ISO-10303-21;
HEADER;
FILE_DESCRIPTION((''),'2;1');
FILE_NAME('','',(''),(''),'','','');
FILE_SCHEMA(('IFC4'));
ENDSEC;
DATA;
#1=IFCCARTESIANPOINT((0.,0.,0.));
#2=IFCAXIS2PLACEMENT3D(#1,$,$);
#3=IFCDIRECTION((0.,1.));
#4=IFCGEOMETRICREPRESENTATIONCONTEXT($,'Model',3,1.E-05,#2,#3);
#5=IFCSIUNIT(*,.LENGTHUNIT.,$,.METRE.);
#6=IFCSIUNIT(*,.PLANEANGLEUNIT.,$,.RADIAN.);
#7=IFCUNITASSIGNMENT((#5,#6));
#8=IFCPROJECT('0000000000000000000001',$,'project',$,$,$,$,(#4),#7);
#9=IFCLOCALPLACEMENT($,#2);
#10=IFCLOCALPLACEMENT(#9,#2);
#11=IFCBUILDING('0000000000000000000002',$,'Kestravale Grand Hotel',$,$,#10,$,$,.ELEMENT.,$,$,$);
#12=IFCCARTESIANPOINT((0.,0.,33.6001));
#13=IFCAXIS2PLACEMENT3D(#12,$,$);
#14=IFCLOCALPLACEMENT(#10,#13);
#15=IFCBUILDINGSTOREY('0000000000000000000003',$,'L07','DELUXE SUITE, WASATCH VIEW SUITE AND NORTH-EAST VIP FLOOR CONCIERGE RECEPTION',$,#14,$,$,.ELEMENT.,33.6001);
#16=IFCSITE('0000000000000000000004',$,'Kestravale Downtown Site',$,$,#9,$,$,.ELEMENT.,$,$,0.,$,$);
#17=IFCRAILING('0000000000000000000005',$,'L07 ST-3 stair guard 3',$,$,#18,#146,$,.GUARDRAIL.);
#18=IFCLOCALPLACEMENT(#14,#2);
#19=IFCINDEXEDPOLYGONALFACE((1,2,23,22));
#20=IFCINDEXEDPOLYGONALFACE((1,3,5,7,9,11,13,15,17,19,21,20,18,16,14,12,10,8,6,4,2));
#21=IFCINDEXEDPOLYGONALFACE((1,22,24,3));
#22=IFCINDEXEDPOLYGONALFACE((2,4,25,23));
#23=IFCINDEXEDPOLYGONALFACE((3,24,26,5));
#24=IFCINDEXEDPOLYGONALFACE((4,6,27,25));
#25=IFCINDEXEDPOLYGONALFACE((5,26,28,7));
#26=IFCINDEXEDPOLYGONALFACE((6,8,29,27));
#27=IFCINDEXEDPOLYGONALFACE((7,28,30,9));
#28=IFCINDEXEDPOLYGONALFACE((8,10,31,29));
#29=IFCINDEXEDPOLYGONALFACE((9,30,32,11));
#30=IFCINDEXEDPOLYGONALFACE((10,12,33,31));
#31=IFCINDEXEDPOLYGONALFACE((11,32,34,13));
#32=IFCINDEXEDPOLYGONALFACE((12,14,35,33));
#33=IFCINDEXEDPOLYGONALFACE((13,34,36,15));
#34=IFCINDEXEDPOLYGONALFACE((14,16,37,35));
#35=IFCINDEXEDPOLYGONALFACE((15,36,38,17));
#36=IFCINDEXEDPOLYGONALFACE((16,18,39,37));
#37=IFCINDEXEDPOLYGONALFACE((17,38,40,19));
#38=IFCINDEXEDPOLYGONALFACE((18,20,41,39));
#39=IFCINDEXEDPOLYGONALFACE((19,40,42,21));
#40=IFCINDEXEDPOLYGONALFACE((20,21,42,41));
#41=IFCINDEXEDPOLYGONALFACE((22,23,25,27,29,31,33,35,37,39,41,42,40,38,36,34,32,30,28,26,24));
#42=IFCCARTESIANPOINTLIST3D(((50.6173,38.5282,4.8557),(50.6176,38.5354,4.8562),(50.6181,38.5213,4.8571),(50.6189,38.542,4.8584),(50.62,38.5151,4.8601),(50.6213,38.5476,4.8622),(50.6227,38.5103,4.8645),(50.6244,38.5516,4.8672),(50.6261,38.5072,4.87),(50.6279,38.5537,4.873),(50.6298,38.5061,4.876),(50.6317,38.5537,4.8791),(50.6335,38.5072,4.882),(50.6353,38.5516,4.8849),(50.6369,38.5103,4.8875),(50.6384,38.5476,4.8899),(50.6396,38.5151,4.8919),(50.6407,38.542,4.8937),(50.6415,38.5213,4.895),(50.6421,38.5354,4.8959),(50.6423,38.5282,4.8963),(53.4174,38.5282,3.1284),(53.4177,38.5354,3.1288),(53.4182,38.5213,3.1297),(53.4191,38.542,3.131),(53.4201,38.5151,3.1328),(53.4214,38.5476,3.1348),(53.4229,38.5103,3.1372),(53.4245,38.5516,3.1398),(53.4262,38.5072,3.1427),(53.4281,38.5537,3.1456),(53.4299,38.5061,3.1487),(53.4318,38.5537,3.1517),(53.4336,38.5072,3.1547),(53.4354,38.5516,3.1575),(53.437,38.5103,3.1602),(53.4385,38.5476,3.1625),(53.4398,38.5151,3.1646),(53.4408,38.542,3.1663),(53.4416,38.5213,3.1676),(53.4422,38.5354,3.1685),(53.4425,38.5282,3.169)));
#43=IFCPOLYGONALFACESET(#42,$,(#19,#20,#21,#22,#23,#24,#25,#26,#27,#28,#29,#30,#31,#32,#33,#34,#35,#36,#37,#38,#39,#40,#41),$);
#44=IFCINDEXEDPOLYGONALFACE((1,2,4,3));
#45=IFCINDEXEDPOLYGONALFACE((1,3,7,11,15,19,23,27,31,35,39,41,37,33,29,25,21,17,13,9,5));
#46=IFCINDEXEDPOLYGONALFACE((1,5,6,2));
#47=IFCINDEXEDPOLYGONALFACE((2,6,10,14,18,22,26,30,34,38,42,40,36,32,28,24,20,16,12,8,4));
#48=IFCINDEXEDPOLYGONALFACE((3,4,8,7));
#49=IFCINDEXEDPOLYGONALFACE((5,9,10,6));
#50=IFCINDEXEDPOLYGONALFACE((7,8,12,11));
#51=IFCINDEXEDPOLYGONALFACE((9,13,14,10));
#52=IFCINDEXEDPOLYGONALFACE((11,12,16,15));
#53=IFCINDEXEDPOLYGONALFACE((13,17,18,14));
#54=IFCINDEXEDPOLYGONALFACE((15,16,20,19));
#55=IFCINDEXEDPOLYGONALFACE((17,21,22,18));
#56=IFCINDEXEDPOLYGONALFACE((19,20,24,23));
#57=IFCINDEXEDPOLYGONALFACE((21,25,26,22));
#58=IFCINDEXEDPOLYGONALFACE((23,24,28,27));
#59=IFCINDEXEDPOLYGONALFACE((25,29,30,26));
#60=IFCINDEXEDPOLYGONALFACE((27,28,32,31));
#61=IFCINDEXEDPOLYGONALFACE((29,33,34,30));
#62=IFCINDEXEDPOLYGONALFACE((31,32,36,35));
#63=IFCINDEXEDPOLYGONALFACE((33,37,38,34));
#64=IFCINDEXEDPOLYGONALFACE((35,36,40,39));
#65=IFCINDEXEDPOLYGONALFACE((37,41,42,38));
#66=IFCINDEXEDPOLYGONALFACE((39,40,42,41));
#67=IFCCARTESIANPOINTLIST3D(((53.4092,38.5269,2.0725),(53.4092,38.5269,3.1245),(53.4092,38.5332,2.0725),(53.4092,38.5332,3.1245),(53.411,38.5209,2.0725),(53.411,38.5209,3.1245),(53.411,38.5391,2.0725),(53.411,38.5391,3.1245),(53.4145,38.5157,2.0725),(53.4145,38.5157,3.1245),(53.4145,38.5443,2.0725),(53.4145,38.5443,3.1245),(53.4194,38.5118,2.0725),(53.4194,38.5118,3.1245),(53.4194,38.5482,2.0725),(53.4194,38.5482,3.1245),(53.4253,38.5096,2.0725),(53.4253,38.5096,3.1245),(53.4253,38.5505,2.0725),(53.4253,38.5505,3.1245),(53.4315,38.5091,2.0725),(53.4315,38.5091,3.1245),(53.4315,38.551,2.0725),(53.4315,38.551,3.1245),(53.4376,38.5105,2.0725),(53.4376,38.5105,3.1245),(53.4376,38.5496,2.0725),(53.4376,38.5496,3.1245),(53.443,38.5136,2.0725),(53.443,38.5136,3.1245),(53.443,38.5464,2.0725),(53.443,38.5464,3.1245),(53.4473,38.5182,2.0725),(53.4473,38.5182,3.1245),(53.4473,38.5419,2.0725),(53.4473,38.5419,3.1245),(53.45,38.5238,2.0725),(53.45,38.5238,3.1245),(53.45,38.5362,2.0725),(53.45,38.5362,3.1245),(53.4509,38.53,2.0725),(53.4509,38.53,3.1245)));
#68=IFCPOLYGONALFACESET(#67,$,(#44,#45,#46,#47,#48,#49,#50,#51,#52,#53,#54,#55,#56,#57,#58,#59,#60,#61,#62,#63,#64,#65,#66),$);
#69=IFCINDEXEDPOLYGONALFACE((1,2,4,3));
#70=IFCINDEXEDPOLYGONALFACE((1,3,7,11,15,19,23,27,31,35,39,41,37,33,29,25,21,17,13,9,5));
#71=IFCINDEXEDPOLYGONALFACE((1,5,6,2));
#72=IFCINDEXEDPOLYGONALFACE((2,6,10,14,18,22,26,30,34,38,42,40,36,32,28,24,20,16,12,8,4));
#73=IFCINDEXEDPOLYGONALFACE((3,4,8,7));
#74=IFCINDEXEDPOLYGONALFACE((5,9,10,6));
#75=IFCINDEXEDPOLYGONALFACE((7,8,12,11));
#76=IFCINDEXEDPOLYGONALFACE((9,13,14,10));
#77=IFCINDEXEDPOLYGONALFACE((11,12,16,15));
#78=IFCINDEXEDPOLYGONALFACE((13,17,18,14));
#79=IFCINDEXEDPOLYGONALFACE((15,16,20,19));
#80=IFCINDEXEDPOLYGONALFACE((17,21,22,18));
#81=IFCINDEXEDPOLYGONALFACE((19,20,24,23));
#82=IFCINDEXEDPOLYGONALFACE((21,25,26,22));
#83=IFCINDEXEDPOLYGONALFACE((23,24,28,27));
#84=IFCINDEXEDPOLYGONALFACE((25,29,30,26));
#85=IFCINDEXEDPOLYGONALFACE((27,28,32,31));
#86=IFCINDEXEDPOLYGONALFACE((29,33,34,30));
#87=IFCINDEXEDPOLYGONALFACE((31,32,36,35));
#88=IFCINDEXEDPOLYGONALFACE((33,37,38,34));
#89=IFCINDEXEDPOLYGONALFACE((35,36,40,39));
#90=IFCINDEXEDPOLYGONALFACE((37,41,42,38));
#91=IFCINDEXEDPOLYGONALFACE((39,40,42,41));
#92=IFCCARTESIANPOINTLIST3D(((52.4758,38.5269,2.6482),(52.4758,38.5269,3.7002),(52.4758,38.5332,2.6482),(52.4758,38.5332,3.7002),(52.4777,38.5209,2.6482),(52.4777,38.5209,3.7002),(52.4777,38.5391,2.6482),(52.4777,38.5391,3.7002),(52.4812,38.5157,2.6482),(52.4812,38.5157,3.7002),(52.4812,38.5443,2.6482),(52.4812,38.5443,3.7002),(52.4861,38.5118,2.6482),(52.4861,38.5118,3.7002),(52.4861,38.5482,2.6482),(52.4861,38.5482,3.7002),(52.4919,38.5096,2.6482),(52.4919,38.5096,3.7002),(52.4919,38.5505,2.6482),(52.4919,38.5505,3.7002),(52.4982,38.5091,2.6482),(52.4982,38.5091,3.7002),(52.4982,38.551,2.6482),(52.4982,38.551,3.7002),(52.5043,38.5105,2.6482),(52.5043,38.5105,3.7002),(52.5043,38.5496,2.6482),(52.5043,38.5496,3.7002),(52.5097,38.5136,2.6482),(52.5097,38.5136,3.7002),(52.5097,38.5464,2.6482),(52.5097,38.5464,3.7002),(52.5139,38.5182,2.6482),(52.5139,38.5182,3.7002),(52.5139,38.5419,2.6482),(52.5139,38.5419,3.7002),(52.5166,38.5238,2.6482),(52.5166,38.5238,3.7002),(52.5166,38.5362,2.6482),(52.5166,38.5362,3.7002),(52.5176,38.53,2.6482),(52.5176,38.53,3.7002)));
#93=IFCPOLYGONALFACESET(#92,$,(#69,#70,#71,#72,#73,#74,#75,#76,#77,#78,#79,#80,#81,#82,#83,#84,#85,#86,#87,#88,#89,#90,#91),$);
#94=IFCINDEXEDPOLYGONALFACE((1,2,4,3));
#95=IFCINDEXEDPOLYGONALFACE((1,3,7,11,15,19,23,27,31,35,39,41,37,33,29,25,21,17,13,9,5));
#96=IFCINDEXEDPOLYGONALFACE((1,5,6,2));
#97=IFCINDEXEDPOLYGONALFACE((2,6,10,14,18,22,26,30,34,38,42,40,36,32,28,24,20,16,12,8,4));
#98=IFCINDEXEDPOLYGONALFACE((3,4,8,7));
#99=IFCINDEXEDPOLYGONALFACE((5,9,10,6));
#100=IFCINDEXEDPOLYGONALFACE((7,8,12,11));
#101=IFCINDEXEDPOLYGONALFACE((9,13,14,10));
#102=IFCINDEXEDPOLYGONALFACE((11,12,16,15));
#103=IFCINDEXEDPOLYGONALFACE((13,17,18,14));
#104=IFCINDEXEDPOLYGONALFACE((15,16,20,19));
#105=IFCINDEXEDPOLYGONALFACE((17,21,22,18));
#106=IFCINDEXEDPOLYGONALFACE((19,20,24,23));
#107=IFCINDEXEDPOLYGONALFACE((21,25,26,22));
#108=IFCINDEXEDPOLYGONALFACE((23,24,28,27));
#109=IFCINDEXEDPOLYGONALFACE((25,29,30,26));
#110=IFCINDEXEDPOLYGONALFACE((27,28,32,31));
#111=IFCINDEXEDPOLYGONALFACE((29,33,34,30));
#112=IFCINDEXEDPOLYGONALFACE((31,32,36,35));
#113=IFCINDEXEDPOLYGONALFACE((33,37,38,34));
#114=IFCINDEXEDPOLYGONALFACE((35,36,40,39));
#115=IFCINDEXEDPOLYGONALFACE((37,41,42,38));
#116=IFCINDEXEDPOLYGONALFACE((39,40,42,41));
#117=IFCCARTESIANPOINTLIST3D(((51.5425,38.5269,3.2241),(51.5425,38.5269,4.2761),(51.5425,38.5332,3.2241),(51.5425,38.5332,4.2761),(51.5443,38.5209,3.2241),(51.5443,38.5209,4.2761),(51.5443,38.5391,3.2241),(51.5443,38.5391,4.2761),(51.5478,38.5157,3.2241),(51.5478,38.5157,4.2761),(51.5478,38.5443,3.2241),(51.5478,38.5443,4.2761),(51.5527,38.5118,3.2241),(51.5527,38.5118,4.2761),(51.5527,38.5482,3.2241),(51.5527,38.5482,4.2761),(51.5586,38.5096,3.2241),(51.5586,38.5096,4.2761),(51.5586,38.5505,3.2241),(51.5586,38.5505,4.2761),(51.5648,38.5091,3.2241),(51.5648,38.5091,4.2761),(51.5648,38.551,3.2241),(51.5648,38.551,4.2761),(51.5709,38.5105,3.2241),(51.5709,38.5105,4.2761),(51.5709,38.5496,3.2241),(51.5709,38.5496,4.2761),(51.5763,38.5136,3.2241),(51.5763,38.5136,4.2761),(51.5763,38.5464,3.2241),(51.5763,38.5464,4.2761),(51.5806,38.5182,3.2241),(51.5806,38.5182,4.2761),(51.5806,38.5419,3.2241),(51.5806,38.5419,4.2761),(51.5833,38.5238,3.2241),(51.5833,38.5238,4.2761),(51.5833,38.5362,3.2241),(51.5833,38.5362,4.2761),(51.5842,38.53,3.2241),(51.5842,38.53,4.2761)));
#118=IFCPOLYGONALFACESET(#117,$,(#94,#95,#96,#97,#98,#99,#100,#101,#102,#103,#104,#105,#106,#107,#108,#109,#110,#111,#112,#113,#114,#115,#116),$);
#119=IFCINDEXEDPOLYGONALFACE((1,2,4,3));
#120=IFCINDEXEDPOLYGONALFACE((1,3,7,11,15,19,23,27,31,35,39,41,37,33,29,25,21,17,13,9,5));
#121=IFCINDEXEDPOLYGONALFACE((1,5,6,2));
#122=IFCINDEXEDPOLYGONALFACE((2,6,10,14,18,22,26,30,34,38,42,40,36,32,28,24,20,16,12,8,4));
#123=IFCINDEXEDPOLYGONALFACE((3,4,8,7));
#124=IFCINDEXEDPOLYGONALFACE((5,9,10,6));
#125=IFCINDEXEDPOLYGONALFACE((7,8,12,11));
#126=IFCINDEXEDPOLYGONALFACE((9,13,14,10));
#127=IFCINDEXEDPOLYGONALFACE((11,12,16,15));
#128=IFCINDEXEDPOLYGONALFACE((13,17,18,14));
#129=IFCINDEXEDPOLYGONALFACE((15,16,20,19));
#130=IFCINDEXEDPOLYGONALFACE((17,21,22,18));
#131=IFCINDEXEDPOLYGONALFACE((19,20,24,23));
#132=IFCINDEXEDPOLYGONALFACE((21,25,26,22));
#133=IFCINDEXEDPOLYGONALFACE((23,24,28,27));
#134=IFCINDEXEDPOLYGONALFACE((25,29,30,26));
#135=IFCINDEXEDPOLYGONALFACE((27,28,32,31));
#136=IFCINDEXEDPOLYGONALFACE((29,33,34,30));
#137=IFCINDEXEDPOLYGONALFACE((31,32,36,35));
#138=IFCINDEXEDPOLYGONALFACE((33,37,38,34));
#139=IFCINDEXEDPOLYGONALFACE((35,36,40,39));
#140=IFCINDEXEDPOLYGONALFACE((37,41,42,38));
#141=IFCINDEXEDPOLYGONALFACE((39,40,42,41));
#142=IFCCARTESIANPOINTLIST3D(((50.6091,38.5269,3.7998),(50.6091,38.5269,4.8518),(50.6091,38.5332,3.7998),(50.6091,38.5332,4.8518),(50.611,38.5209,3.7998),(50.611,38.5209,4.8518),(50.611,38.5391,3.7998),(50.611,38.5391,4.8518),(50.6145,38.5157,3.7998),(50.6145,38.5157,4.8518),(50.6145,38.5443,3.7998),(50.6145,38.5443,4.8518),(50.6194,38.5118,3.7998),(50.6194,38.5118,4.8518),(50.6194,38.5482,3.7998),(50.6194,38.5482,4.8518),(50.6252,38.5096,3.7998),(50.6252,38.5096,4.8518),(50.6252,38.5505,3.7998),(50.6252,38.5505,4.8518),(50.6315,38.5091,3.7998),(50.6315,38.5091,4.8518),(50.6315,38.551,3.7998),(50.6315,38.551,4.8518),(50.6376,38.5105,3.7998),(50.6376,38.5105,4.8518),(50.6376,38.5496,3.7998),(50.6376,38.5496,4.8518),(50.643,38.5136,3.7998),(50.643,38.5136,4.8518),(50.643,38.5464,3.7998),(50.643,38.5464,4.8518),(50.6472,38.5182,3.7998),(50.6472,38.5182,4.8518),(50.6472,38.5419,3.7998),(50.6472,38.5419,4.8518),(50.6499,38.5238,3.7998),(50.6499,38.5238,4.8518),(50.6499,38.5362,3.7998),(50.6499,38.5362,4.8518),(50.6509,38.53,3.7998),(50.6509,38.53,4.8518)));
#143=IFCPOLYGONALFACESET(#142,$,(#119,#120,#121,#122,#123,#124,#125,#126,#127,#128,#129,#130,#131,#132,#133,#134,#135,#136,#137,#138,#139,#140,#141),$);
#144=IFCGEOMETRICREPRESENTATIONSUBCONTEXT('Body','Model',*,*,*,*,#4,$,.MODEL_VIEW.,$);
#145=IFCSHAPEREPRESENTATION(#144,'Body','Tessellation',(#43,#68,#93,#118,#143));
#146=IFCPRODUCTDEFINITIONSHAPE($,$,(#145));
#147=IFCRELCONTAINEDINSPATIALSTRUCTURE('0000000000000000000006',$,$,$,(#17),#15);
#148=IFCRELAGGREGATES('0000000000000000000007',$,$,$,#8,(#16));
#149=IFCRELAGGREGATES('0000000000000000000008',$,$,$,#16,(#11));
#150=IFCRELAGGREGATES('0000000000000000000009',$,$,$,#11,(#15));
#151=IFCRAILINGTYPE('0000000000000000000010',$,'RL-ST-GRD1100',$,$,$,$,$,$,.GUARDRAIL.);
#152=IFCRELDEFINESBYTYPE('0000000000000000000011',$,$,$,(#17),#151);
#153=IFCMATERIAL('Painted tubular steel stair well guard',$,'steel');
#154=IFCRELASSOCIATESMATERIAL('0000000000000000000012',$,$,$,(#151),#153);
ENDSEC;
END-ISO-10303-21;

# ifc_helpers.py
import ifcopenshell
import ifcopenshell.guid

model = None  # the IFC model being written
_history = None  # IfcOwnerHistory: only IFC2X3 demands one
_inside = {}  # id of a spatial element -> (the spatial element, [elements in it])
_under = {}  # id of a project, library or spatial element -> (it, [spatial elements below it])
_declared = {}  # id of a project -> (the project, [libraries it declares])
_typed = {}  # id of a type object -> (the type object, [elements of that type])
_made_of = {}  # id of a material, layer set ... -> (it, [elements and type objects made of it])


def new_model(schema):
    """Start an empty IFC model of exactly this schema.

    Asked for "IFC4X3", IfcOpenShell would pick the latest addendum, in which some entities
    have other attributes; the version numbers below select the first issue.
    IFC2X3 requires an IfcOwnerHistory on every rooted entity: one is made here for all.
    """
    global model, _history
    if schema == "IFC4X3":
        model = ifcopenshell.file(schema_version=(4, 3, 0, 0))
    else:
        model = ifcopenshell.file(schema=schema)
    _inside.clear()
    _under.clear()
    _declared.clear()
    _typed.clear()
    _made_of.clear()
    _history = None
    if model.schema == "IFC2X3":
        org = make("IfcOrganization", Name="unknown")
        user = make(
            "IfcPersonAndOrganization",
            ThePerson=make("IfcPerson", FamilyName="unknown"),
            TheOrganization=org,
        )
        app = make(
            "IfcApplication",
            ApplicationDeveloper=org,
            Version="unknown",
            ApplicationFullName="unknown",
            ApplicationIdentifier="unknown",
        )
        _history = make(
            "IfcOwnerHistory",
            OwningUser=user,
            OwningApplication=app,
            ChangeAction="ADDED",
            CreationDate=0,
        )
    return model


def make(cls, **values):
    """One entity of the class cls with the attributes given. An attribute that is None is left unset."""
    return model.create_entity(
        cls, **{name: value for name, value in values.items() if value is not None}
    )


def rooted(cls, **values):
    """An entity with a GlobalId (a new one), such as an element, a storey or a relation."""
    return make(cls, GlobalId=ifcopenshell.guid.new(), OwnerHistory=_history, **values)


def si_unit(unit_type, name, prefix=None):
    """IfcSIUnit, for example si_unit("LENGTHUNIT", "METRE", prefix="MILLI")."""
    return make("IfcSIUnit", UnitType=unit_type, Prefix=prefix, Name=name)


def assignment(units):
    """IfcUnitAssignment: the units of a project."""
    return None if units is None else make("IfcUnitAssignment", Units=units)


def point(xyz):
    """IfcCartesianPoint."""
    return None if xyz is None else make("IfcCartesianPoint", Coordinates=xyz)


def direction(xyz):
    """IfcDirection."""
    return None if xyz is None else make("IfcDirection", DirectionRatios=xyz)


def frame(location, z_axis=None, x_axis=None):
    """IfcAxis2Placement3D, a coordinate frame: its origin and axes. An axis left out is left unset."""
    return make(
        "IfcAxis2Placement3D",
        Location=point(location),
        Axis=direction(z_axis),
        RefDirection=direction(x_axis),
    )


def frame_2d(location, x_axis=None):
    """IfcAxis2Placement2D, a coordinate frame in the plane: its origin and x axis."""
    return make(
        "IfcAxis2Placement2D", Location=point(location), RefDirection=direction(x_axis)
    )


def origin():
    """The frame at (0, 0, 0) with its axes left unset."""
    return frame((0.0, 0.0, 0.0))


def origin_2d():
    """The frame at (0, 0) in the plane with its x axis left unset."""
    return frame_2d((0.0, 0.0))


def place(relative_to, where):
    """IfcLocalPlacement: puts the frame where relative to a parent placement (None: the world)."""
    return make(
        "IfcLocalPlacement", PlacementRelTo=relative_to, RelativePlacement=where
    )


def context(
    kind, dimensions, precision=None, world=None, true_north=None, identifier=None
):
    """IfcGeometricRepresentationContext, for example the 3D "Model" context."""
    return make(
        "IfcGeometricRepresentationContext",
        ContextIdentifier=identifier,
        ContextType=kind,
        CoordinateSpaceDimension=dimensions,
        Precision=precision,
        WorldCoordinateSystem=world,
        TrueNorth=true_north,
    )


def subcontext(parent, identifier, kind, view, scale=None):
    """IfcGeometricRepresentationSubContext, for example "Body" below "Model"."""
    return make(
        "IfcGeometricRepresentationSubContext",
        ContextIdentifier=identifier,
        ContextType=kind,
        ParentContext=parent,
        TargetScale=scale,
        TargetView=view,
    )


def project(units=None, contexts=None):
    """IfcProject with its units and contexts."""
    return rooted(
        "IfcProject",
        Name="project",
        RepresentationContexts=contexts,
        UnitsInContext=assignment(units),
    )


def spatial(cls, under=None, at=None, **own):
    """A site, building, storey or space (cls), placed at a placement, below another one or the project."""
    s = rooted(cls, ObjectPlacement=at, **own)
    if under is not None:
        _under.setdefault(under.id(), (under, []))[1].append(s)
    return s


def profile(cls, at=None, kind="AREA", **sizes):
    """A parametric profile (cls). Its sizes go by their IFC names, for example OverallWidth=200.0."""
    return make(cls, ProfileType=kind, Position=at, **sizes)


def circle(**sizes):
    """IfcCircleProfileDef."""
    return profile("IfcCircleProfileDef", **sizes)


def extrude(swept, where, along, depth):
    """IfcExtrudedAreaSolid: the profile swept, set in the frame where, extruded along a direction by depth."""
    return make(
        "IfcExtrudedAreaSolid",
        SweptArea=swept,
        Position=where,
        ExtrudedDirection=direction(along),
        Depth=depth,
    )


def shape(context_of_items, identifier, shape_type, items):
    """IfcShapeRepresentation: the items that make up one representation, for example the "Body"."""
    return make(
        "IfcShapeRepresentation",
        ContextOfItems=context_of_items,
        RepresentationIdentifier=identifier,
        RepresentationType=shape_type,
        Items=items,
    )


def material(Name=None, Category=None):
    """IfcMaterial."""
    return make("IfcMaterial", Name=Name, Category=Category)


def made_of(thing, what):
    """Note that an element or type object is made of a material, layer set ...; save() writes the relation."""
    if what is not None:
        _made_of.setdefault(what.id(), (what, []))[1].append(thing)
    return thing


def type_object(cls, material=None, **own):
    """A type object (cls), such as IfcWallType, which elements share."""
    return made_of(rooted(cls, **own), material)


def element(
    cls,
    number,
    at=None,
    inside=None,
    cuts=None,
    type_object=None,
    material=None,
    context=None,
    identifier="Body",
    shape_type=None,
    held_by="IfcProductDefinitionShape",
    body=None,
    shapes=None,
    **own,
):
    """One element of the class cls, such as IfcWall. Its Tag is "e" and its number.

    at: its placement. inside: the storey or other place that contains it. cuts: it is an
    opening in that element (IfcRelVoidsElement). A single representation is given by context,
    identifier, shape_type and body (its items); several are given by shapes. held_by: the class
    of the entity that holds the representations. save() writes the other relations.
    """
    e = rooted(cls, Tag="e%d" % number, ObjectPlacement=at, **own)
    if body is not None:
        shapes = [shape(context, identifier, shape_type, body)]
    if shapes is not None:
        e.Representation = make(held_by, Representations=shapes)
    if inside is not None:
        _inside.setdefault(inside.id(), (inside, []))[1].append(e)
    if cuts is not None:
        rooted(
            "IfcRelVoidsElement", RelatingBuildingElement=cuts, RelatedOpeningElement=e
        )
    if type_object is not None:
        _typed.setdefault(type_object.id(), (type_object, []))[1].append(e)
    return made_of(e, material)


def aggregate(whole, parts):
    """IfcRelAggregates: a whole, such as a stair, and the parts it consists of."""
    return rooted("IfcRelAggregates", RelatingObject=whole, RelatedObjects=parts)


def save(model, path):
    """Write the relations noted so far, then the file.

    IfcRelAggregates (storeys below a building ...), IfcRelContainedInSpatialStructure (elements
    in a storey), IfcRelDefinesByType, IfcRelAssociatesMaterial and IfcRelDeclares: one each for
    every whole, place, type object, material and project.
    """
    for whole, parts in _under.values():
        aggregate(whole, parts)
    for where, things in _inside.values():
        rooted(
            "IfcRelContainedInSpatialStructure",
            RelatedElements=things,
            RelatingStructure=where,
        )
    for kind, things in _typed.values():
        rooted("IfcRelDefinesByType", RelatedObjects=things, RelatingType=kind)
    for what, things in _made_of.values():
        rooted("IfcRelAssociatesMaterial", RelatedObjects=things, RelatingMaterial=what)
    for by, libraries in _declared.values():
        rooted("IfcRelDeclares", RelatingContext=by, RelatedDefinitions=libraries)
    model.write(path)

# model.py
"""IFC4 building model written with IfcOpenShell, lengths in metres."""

from ifc_helpers import new_model, si_unit, direction, frame, origin, origin_2d, place, context, subcontext, project, spatial, circle, extrude, material, type_object, element, save


model = new_model("IFC4")

# Units and contexts
model_context = context("Model", 3, precision=1e-05, world=origin(), true_north=direction((0.0, 1.0)))
body_context = subcontext(model_context, "Body", "Model", "MODEL_VIEW")
ifc_project = project(units=[si_unit("LENGTHUNIT", "METRE"), si_unit("PLANEANGLEUNIT", "RADIAN")], contexts=[model_context])

# Site, building, storey
site_placement = place(None, origin())
site = spatial("IfcSite", under=ifc_project, at=site_placement, Name="Kestravale Downtown Site", CompositionType="ELEMENT", RefElevation=0.0)
building_placement = place(site_placement, origin())
building = spatial("IfcBuilding", under=site, at=building_placement, Name="Kestravale Grand Hotel", CompositionType="ELEMENT")
storey_placement = place(building_placement, frame((0.0, 0.0, 33.6001)))
storey = spatial("IfcBuildingStorey", under=building, at=storey_placement, Name="L07", Description="DELUXE SUITE, WASATCH VIEW SUITE AND NORTH-EAST VIP FLOOR CONCIERGE RECEPTION", CompositionType="ELEMENT", Elevation=33.6001)

# Railing
ifc_material_1 = material(Name="Painted tubular steel stair well guard", Category="steel")
railing_type_1 = type_object("IfcRailingType", Name="RL-ST-GRD1100", PredefinedType="GUARDRAIL", material=ifc_material_1)
railing_1_placement = place(storey_placement, frame((53.4299, 38.53, 2.0725)))
element("IfcRailing", 1, at=railing_1_placement, inside=storey, type_object=railing_type_1, Name="L07 ST-3 stair guard 3", PredefinedType="GUARDRAIL", context=body_context, shape_type="SweptSolid", body=[
    extrude(circle(Radius=0.0239, at=origin_2d()), frame((0.0, 0.0, 1.0762), z_axis=(-0.85109, 0.0, 0.52502), x_axis=(0.0, -1.0, 0.0)), (0.0, 0.0, 1.0), 3.29),
    extrude(circle(Radius=0.021, at=origin_2d()), origin(), (0.0, 0.0, 1.0), 1.052),
    extrude(circle(Radius=0.021, at=origin_2d()), frame((-0.9333, 0.0, 0.5757)), (0.0, 0.0, 1.0), 1.052),
    extrude(circle(Radius=0.021, at=origin_2d()), frame((-1.8667, 0.0, 1.1516)), (0.0, 0.0, 1.0), 1.052),
    extrude(circle(Radius=0.021, at=origin_2d()), frame((-2.8, 0.0, 1.7273)), (0.0, 0.0, 1.0), 1.052),
])

save(model, "model.ifc")
